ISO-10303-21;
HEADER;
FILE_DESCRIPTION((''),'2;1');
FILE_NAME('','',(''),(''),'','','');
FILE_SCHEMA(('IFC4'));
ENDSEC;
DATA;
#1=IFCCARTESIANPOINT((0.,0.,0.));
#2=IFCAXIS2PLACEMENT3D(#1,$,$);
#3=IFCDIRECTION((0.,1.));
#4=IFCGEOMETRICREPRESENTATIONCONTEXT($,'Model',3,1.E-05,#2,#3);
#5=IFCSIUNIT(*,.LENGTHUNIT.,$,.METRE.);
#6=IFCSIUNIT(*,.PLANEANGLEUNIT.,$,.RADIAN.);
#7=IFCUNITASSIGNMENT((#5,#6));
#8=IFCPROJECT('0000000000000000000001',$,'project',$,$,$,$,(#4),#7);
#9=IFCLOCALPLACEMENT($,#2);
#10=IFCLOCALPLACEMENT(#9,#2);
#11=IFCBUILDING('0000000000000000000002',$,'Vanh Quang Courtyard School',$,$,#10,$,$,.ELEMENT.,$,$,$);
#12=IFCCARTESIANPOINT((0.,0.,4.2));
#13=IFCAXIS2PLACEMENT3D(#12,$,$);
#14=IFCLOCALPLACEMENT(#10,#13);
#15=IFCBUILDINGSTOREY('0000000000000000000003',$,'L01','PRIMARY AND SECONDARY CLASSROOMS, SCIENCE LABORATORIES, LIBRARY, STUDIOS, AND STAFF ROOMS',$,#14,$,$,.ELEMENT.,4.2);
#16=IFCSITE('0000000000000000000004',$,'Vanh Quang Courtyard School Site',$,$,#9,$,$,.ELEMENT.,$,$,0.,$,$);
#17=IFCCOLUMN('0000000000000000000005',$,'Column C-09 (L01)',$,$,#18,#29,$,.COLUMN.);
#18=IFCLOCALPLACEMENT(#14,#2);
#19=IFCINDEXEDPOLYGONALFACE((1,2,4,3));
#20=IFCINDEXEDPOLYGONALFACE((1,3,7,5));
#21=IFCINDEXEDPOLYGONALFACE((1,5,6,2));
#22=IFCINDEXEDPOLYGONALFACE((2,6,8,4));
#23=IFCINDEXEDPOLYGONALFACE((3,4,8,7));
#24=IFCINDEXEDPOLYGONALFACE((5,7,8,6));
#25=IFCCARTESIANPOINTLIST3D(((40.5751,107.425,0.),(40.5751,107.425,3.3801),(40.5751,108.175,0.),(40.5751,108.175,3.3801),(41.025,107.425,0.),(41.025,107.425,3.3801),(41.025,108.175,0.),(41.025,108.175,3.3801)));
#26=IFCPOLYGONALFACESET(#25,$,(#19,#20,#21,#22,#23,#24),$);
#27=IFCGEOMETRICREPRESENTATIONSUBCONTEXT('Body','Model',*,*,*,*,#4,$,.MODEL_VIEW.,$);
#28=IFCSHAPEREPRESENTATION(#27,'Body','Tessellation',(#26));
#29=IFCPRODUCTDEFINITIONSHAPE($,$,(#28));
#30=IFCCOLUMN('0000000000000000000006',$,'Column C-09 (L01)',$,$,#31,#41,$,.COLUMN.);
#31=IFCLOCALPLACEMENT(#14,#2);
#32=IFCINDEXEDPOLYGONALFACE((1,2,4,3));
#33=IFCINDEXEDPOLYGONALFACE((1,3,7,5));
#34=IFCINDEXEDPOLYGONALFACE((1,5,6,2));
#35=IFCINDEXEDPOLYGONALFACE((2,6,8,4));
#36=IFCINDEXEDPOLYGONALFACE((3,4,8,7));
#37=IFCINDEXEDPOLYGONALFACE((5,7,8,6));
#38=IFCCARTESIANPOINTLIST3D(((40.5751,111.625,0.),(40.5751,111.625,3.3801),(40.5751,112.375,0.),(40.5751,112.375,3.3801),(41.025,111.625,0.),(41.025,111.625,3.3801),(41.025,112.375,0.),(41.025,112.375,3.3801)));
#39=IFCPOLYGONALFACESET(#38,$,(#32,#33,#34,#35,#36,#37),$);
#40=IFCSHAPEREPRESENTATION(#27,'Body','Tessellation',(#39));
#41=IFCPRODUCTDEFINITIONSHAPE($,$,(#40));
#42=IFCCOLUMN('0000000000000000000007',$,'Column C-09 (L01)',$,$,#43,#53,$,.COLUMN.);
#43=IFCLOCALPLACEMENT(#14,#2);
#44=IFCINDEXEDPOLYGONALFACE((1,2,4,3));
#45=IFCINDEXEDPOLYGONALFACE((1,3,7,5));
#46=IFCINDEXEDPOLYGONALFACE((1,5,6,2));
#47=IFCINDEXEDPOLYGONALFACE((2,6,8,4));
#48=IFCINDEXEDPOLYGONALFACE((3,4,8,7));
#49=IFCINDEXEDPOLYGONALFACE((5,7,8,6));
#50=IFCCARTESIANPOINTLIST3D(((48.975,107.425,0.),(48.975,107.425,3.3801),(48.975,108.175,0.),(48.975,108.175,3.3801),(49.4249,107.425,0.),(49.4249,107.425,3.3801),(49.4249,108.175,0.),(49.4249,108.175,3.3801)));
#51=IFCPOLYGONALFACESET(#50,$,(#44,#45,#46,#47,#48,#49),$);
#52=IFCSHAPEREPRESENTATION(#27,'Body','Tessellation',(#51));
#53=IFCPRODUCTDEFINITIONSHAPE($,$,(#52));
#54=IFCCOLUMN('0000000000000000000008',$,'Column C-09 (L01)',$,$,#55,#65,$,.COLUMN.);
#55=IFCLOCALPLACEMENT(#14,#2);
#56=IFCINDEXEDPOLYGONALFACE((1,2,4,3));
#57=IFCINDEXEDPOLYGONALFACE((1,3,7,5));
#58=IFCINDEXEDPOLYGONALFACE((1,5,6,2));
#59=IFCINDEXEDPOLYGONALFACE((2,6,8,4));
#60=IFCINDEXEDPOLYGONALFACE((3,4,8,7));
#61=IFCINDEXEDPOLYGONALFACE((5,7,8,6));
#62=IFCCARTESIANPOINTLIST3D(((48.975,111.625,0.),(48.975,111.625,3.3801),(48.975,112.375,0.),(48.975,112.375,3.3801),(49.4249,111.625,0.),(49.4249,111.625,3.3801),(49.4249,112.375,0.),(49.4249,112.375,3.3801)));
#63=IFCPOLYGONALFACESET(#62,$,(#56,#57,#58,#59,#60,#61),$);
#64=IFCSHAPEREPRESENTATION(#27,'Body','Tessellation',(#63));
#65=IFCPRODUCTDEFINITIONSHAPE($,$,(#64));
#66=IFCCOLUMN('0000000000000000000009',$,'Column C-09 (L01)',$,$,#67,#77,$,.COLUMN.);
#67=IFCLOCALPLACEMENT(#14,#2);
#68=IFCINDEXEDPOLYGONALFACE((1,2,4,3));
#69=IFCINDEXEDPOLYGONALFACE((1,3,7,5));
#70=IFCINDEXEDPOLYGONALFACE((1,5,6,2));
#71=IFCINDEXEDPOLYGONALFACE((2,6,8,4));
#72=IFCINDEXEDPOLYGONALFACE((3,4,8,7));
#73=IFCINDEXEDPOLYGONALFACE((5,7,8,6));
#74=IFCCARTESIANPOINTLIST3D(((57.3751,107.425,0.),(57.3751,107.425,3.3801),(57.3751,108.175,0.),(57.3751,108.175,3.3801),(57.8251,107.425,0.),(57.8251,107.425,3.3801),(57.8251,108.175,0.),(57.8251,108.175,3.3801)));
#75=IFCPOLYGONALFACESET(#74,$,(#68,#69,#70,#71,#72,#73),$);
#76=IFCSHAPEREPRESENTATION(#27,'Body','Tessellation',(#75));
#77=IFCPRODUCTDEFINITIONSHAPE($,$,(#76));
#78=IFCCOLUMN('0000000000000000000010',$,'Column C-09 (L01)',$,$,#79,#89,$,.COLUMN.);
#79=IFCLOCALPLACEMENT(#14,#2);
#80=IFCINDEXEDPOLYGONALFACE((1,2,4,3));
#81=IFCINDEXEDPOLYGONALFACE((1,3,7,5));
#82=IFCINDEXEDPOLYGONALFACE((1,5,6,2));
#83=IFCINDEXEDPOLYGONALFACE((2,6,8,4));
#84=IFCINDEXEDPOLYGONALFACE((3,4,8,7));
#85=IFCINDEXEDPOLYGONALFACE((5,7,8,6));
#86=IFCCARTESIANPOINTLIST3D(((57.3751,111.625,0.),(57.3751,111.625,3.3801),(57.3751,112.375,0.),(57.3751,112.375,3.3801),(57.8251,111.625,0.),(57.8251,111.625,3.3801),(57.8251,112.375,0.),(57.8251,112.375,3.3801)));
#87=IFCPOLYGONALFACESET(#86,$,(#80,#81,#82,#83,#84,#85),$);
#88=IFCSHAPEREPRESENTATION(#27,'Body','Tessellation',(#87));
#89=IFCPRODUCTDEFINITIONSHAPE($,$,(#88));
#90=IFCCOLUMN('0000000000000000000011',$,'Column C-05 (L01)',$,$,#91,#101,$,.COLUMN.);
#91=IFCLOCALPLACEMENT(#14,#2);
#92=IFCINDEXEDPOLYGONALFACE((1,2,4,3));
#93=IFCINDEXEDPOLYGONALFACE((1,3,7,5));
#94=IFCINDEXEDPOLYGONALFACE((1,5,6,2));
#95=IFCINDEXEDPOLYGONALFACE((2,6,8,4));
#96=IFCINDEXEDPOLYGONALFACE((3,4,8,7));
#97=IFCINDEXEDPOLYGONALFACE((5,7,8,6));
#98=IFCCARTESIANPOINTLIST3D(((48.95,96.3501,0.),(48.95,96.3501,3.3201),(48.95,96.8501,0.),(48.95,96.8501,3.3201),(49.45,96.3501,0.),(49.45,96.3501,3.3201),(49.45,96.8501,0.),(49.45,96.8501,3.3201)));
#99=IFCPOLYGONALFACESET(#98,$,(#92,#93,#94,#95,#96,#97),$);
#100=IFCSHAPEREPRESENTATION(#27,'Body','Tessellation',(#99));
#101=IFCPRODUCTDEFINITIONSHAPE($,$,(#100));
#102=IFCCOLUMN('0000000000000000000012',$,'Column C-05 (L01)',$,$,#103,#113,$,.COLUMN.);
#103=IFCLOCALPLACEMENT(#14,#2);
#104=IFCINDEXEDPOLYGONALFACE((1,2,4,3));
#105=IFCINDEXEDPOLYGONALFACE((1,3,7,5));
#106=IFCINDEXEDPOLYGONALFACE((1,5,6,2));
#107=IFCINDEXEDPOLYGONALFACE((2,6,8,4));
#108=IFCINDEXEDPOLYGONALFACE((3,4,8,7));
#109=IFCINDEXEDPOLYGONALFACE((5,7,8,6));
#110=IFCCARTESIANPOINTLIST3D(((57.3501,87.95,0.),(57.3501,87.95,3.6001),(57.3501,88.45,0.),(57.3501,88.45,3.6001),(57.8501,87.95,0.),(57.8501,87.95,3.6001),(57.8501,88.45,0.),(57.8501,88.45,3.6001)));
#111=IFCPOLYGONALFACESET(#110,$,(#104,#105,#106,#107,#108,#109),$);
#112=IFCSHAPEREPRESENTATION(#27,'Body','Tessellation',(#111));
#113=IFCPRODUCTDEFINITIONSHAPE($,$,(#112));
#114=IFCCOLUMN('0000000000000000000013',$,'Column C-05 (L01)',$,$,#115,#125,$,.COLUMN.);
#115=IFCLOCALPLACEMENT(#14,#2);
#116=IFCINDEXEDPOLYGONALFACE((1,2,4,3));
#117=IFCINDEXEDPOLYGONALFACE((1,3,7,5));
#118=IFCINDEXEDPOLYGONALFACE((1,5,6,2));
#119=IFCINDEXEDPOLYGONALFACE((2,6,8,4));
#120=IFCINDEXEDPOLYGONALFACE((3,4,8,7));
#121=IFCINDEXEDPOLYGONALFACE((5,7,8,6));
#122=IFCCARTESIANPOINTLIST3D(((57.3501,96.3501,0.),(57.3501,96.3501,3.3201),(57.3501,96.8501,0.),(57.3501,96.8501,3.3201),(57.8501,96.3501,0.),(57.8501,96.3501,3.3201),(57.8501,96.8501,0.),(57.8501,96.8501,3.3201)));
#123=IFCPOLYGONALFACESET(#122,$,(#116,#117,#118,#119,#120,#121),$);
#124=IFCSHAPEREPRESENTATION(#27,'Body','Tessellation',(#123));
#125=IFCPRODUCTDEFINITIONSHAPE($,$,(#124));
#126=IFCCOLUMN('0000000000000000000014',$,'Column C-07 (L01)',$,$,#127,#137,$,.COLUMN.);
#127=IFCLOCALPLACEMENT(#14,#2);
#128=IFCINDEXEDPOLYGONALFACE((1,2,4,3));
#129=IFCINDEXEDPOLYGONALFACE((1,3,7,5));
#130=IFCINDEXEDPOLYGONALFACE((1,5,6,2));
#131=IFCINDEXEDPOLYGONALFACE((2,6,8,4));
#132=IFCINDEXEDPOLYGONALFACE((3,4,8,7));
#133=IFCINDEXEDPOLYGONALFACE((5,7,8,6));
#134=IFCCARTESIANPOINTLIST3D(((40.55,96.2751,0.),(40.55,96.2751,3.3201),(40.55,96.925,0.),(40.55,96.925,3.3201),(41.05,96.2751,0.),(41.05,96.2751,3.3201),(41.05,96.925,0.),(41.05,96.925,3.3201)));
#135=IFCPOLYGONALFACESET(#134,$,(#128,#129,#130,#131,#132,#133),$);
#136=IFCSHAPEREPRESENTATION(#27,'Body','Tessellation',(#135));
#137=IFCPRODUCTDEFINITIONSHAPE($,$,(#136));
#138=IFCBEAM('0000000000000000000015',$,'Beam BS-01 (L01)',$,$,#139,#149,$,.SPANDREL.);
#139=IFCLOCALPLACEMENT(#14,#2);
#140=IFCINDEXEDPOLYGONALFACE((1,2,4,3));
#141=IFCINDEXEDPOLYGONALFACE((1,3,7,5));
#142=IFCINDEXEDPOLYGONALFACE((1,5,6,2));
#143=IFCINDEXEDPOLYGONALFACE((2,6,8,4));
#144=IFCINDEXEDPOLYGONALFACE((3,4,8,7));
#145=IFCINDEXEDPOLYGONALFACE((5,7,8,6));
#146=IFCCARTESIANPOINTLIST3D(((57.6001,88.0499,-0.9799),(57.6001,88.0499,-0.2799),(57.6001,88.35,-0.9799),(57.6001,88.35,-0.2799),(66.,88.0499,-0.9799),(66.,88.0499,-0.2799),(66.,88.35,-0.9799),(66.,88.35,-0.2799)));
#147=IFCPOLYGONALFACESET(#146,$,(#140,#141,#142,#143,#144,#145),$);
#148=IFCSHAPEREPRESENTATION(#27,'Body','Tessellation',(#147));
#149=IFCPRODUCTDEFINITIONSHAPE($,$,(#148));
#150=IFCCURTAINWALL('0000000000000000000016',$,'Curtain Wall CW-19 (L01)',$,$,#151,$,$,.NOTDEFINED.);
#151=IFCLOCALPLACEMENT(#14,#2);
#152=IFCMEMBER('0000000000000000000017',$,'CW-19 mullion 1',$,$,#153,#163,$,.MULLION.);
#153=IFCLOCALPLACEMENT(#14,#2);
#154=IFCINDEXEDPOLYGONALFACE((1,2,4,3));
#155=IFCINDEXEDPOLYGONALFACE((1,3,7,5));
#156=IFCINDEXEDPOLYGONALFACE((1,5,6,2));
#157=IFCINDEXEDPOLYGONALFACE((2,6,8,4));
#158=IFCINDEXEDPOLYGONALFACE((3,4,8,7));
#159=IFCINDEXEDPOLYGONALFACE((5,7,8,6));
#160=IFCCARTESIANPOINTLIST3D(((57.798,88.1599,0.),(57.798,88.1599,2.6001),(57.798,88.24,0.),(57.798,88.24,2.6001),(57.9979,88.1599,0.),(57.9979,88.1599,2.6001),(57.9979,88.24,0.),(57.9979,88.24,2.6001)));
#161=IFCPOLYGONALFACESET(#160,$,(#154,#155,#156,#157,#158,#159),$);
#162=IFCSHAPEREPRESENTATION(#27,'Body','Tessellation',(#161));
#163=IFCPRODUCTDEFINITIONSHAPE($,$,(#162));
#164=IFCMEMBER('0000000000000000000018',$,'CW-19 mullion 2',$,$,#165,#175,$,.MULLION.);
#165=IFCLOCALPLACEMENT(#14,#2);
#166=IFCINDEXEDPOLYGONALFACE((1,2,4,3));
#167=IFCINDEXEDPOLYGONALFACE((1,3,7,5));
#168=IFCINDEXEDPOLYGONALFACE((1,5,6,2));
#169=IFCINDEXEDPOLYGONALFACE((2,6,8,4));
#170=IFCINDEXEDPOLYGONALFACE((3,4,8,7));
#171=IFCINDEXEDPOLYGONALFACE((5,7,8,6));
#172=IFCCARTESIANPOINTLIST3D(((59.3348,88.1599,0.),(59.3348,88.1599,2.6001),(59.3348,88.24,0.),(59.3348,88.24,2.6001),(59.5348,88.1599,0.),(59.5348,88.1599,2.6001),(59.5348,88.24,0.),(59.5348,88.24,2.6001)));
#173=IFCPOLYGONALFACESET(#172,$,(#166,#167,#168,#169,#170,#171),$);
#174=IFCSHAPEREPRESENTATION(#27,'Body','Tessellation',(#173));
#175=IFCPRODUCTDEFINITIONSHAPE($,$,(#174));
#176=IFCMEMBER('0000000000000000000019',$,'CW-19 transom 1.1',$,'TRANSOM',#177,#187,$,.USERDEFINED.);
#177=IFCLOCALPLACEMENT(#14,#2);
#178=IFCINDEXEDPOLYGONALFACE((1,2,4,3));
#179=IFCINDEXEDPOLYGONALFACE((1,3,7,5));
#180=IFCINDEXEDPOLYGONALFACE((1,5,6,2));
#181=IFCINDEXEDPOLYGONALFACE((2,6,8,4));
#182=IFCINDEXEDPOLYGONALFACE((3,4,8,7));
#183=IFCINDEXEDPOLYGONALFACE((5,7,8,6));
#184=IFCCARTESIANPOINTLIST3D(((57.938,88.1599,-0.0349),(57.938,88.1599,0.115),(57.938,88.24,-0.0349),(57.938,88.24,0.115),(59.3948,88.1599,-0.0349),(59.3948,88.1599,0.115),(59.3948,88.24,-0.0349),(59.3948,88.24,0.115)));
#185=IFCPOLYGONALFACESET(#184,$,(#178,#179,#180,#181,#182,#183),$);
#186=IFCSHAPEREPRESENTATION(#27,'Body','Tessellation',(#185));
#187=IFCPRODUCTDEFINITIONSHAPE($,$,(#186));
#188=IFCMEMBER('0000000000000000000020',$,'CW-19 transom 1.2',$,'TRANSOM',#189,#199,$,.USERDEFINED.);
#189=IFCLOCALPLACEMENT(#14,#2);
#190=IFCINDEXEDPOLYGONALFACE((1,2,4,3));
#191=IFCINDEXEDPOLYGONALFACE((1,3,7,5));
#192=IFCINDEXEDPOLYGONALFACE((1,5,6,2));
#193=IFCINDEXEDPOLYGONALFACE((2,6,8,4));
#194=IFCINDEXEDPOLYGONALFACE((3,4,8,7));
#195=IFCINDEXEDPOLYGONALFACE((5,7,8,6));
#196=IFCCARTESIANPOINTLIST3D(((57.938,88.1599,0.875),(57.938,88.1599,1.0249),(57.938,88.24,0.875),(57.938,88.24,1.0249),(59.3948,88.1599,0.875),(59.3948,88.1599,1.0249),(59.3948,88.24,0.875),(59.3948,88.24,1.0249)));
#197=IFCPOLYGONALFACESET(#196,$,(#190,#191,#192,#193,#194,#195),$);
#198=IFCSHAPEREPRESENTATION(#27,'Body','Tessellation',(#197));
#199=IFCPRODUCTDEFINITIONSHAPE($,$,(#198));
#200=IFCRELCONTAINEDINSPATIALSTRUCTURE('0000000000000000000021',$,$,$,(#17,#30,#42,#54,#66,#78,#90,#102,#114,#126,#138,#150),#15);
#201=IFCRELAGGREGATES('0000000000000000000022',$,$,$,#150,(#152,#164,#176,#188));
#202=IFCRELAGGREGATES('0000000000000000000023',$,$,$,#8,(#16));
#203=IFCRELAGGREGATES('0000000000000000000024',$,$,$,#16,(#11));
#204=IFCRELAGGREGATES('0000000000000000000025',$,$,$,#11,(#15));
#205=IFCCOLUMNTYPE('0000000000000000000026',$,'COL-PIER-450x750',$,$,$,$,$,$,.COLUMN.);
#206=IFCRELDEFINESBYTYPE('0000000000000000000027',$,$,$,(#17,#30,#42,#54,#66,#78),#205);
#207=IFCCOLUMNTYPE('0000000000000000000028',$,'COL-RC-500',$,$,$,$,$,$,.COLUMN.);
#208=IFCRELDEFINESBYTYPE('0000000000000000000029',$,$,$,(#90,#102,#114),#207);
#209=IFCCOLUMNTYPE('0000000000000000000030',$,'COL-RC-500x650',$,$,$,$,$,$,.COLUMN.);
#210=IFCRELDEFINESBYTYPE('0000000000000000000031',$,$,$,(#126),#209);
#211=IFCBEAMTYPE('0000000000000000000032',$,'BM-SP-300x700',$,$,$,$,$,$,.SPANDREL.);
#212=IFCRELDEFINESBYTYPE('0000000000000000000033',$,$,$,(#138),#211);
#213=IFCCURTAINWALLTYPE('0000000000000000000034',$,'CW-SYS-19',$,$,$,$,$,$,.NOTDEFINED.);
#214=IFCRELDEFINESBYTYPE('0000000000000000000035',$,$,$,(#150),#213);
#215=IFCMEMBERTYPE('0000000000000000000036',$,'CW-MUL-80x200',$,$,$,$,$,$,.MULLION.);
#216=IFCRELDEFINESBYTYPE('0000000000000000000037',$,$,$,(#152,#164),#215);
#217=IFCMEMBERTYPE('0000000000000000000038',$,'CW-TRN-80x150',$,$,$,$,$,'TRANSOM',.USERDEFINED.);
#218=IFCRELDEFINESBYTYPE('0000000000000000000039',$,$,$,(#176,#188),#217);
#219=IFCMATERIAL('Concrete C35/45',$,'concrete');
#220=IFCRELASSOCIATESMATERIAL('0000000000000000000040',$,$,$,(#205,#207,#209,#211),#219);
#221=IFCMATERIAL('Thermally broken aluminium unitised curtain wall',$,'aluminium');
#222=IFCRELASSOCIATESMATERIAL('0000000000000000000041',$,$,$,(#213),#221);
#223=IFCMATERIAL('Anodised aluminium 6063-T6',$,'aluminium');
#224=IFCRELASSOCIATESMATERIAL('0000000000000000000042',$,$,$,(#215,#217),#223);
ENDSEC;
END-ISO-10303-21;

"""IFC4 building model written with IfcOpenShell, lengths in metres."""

from ifc_helpers import new_model, si_unit, direction, frame, origin, origin_2d, place, context, subcontext, project, spatial, rectangle, extrude, material, material_profile, profile_set, type_object, element, aggregate, save


model = new_model("IFC4")

# Units and contexts
model_context = context("Model", 3, precision=1e-05, world=origin(), true_north=direction((0.0, 1.0)))
body_context = subcontext(model_context, "Body", "Model", "MODEL_VIEW")
ifc_project = project(units=[si_unit("LENGTHUNIT", "METRE"), si_unit("PLANEANGLEUNIT", "RADIAN")], contexts=[model_context])

# Site, building, storey
site_placement = place(None, origin())
site = spatial("IfcSite", under=ifc_project, at=site_placement, Name="Vanh Quang Courtyard School Site", CompositionType="ELEMENT", RefElevation=0.0)
building_placement = place(site_placement, origin())
building = spatial("IfcBuilding", under=site, at=building_placement, Name="Vanh Quang Courtyard School", CompositionType="ELEMENT")
storey_placement = place(building_placement, frame((0.0, 0.0, 4.2)))
storey = spatial("IfcBuildingStorey", under=building, at=storey_placement, Name="L01", Description="PRIMARY AND SECONDARY CLASSROOMS, SCIENCE LABORATORIES, LIBRARY, STUDIOS, AND STAFF ROOMS", CompositionType="ELEMENT", Elevation=4.2)

# Columns
ifc_material_1 = material(Name="Concrete C35/45", Category="concrete")
ifc_material_profile_1 = material_profile(ifc_material_1, rectangle(XDim=0.45, YDim=0.75, at=origin_2d()), Name="RC-PIER 450x750")
ifc_profile_set_1 = profile_set([ifc_material_profile_1], Name="Concrete C35/45")
column_type_1 = type_object("IfcColumnType", Name="COL-PIER-450x750", PredefinedType="COLUMN", material=ifc_profile_set_1)
for number, where, z_axis, x_axis, name in (
    (1, (40.8, 107.8, 0.0), (0.0, 0.0, 1.0), (1.0, 0.0, 0.0), "Column C-09 (L01)"),
    (2, (40.8, 112.0, 0.0), (0.0, 0.0, 1.0), (1.0, 0.0, 0.0), "Column C-09 (L01)"),
    (3, (49.2, 107.8, 0.0), (0.0, 0.0, 1.0), (1.0, 0.0, 0.0), "Column C-09 (L01)"),
    (4, (49.2, 112.0, 0.0), (0.0, 0.0, 1.0), (1.0, 0.0, 0.0), "Column C-09 (L01)"),
    (5, (57.6001, 107.8, 0.0), (0.0, 0.0, 1.0), (1.0, 0.0, 0.0), "Column C-09 (L01)"),
    (6, (57.6001, 112.0, 0.0), (0.0, 0.0, 1.0), (1.0, 0.0, 0.0), "Column C-09 (L01)"),
):
    element("IfcColumn", number, at=place(storey_placement, frame(where, z_axis=z_axis, x_axis=x_axis)), inside=storey, type_object=column_type_1, Name=name, PredefinedType="COLUMN", context=body_context, shape_type="SweptSolid", body=[
        extrude(rectangle(XDim=0.45, YDim=0.75, at=origin_2d()), origin(), (0.0, 0.0, 1.0), 3.3801),
    ])
ifc_material_profile_2 = material_profile(ifc_material_1, rectangle(XDim=0.5, YDim=0.5, at=origin_2d()), Name="RC-COL 500x500")
ifc_profile_set_2 = profile_set([ifc_material_profile_2], Name="Concrete C35/45")
column_type_2 = type_object("IfcColumnType", Name="COL-RC-500", PredefinedType="COLUMN", material=ifc_profile_set_2)
column_1_placement = place(storey_placement, frame((49.2, 96.6001, 0.0), z_axis=(0.0, 0.0, 1.0), x_axis=(1.0, 0.0, 0.0)))
element("IfcColumn", 7, at=column_1_placement, inside=storey, type_object=column_type_2, Name="Column C-05 (L01)", PredefinedType="COLUMN", context=body_context, shape_type="SweptSolid", body=[
    extrude(rectangle(XDim=0.5, YDim=0.5, at=origin_2d()), origin(), (0.0, 0.0, 1.0), 3.3201),
])
column_2_placement = place(storey_placement, frame((57.6001, 88.2, 0.0), z_axis=(0.0, 0.0, 1.0), x_axis=(1.0, 0.0, 0.0)))
element("IfcColumn", 8, at=column_2_placement, inside=storey, type_object=column_type_2, Name="Column C-05 (L01)", PredefinedType="COLUMN", context=body_context, shape_type="SweptSolid", body=[
    extrude(rectangle(XDim=0.5, YDim=0.5, at=origin_2d()), origin(), (0.0, 0.0, 1.0), 3.6001),
])
column_3_placement = place(storey_placement, frame((57.6001, 96.6001, 0.0), z_axis=(0.0, 0.0, 1.0), x_axis=(1.0, 0.0, 0.0)))
element("IfcColumn", 9, at=column_3_placement, inside=storey, type_object=column_type_2, Name="Column C-05 (L01)", PredefinedType="COLUMN", context=body_context, shape_type="SweptSolid", body=[
    extrude(rectangle(XDim=0.5, YDim=0.5, at=origin_2d()), origin(), (0.0, 0.0, 1.0), 3.3201),
])
ifc_material_profile_3 = material_profile(ifc_material_1, rectangle(XDim=0.5, YDim=0.6499, at=origin_2d()), Name="RC-COL 500x650")
ifc_profile_set_3 = profile_set([ifc_material_profile_3], Name="Concrete C35/45")
column_type_3 = type_object("IfcColumnType", Name="COL-RC-500x650", PredefinedType="COLUMN", material=ifc_profile_set_3)
column_4_placement = place(storey_placement, frame((40.8, 96.6001, 0.0), z_axis=(0.0, 0.0, 1.0), x_axis=(1.0, 0.0, 0.0)))
element("IfcColumn", 10, at=column_4_placement, inside=storey, type_object=column_type_3, Name="Column C-07 (L01)", PredefinedType="COLUMN", context=body_context, shape_type="SweptSolid", body=[
    extrude(rectangle(XDim=0.5, YDim=0.6499, at=origin_2d()), origin(), (0.0, 0.0, 1.0), 3.3201),
])

# Beam
ifc_material_profile_4 = material_profile(ifc_material_1, rectangle(XDim=0.3, YDim=0.7, at=origin_2d()), Name="RC-SP 300x700")
ifc_profile_set_4 = profile_set([ifc_material_profile_4], Name="Concrete C35/45")
beam_type = type_object("IfcBeamType", Name="BM-SP-300x700", PredefinedType="SPANDREL", material=ifc_profile_set_4)
beam_placement = place(storey_placement, frame((57.6001, 88.2, -0.6299), z_axis=(1.0, 0.0, 0.0), x_axis=(0.0, 1.0, 0.0)))
element("IfcBeam", 11, at=beam_placement, inside=storey, type_object=beam_type, Name="Beam BS-01 (L01)", PredefinedType="SPANDREL", context=body_context, shape_type="SweptSolid", body=[
    extrude(rectangle(XDim=0.3, YDim=0.7, at=origin_2d()), origin(), (0.0, 0.0, 1.0), 8.3999),
])

# Curtain wall, members
ifc_material_2 = material(Name="Thermally broken aluminium unitised curtain wall", Category="aluminium")
curtain_wall_type = type_object("IfcCurtainWallType", Name="CW-SYS-19", PredefinedType="NOTDEFINED", material=ifc_material_2)
curtain_wall_placement = place(storey_placement, origin())
curtain_wall = element("IfcCurtainWall", 12, at=curtain_wall_placement, inside=storey, type_object=curtain_wall_type, Name="Curtain Wall CW-19 (L01)", PredefinedType="NOTDEFINED")
ifc_material_3 = material(Name="Anodised aluminium 6063-T6", Category="aluminium")
ifc_material_profile_5 = material_profile(ifc_material_3, rectangle(XDim=0.0801, YDim=0.2, at=origin_2d()), Name="ALU-MUL 80x200")
ifc_profile_set_5 = profile_set([ifc_material_profile_5], Name="Anodised aluminium 6063-T6")
member_type_1 = type_object("IfcMemberType", Name="CW-MUL-80x200", PredefinedType="MULLION", material=ifc_profile_set_5)
member_1_placement = place(storey_placement, frame((57.8979, 88.2, 0.0), z_axis=(0.0, 0.0, 1.0), x_axis=(0.0, 1.0, 0.0)))
member_1 = element("IfcMember", 13, at=member_1_placement, type_object=member_type_1, Name="CW-19 mullion 1", PredefinedType="MULLION", context=body_context, shape_type="SweptSolid", body=[
    extrude(rectangle(XDim=0.0801, YDim=0.2, at=origin_2d()), origin(), (0.0, 0.0, 1.0), 2.6001),
])
member_2_placement = place(storey_placement, frame((59.4348, 88.2, 0.0), z_axis=(0.0, 0.0, 1.0), x_axis=(0.0, 1.0, 0.0)))
member_2 = element("IfcMember", 14, at=member_2_placement, type_object=member_type_1, Name="CW-19 mullion 2", PredefinedType="MULLION", context=body_context, shape_type="SweptSolid", body=[
    extrude(rectangle(XDim=0.0801, YDim=0.2, at=origin_2d()), origin(), (0.0, 0.0, 1.0), 2.6001),
])
ifc_material_profile_6 = material_profile(ifc_material_3, rectangle(XDim=0.0801, YDim=0.1499, at=origin_2d()), Name="ALU-TRN 80x150")
ifc_profile_set_6 = profile_set([ifc_material_profile_6], Name="Anodised aluminium 6063-T6")
member_type_2 = type_object("IfcMemberType", Name="CW-TRN-80x150", ElementType="TRANSOM", PredefinedType="USERDEFINED", material=ifc_profile_set_6)
member_3_placement = place(storey_placement, frame((57.938, 88.2, 0.04), z_axis=(1.0, 0.0, 0.0), x_axis=(0.0, 1.0, 0.0)))
member_3 = element("IfcMember", 15, at=member_3_placement, type_object=member_type_2, Name="CW-19 transom 1.1", ObjectType="TRANSOM", PredefinedType="USERDEFINED", context=body_context, shape_type="SweptSolid", body=[
    extrude(rectangle(XDim=0.0801, YDim=0.1499, at=origin_2d()), origin(), (0.0, 0.0, 1.0), 1.4568),
])
member_4_placement = place(storey_placement, frame((57.938, 88.2, 0.95), z_axis=(1.0, 0.0, 0.0), x_axis=(0.0, 1.0, 0.0)))
member_4 = element("IfcMember", 16, at=member_4_placement, type_object=member_type_2, Name="CW-19 transom 1.2", ObjectType="TRANSOM", PredefinedType="USERDEFINED", context=body_context, shape_type="SweptSolid", body=[
    extrude(rectangle(XDim=0.0801, YDim=0.1499, at=origin_2d()), origin(), (0.0, 0.0, 1.0), 1.4568),
])
aggregate(curtain_wall, [member_1, member_2, member_3, member_4])

save(model, "model.ifc")
